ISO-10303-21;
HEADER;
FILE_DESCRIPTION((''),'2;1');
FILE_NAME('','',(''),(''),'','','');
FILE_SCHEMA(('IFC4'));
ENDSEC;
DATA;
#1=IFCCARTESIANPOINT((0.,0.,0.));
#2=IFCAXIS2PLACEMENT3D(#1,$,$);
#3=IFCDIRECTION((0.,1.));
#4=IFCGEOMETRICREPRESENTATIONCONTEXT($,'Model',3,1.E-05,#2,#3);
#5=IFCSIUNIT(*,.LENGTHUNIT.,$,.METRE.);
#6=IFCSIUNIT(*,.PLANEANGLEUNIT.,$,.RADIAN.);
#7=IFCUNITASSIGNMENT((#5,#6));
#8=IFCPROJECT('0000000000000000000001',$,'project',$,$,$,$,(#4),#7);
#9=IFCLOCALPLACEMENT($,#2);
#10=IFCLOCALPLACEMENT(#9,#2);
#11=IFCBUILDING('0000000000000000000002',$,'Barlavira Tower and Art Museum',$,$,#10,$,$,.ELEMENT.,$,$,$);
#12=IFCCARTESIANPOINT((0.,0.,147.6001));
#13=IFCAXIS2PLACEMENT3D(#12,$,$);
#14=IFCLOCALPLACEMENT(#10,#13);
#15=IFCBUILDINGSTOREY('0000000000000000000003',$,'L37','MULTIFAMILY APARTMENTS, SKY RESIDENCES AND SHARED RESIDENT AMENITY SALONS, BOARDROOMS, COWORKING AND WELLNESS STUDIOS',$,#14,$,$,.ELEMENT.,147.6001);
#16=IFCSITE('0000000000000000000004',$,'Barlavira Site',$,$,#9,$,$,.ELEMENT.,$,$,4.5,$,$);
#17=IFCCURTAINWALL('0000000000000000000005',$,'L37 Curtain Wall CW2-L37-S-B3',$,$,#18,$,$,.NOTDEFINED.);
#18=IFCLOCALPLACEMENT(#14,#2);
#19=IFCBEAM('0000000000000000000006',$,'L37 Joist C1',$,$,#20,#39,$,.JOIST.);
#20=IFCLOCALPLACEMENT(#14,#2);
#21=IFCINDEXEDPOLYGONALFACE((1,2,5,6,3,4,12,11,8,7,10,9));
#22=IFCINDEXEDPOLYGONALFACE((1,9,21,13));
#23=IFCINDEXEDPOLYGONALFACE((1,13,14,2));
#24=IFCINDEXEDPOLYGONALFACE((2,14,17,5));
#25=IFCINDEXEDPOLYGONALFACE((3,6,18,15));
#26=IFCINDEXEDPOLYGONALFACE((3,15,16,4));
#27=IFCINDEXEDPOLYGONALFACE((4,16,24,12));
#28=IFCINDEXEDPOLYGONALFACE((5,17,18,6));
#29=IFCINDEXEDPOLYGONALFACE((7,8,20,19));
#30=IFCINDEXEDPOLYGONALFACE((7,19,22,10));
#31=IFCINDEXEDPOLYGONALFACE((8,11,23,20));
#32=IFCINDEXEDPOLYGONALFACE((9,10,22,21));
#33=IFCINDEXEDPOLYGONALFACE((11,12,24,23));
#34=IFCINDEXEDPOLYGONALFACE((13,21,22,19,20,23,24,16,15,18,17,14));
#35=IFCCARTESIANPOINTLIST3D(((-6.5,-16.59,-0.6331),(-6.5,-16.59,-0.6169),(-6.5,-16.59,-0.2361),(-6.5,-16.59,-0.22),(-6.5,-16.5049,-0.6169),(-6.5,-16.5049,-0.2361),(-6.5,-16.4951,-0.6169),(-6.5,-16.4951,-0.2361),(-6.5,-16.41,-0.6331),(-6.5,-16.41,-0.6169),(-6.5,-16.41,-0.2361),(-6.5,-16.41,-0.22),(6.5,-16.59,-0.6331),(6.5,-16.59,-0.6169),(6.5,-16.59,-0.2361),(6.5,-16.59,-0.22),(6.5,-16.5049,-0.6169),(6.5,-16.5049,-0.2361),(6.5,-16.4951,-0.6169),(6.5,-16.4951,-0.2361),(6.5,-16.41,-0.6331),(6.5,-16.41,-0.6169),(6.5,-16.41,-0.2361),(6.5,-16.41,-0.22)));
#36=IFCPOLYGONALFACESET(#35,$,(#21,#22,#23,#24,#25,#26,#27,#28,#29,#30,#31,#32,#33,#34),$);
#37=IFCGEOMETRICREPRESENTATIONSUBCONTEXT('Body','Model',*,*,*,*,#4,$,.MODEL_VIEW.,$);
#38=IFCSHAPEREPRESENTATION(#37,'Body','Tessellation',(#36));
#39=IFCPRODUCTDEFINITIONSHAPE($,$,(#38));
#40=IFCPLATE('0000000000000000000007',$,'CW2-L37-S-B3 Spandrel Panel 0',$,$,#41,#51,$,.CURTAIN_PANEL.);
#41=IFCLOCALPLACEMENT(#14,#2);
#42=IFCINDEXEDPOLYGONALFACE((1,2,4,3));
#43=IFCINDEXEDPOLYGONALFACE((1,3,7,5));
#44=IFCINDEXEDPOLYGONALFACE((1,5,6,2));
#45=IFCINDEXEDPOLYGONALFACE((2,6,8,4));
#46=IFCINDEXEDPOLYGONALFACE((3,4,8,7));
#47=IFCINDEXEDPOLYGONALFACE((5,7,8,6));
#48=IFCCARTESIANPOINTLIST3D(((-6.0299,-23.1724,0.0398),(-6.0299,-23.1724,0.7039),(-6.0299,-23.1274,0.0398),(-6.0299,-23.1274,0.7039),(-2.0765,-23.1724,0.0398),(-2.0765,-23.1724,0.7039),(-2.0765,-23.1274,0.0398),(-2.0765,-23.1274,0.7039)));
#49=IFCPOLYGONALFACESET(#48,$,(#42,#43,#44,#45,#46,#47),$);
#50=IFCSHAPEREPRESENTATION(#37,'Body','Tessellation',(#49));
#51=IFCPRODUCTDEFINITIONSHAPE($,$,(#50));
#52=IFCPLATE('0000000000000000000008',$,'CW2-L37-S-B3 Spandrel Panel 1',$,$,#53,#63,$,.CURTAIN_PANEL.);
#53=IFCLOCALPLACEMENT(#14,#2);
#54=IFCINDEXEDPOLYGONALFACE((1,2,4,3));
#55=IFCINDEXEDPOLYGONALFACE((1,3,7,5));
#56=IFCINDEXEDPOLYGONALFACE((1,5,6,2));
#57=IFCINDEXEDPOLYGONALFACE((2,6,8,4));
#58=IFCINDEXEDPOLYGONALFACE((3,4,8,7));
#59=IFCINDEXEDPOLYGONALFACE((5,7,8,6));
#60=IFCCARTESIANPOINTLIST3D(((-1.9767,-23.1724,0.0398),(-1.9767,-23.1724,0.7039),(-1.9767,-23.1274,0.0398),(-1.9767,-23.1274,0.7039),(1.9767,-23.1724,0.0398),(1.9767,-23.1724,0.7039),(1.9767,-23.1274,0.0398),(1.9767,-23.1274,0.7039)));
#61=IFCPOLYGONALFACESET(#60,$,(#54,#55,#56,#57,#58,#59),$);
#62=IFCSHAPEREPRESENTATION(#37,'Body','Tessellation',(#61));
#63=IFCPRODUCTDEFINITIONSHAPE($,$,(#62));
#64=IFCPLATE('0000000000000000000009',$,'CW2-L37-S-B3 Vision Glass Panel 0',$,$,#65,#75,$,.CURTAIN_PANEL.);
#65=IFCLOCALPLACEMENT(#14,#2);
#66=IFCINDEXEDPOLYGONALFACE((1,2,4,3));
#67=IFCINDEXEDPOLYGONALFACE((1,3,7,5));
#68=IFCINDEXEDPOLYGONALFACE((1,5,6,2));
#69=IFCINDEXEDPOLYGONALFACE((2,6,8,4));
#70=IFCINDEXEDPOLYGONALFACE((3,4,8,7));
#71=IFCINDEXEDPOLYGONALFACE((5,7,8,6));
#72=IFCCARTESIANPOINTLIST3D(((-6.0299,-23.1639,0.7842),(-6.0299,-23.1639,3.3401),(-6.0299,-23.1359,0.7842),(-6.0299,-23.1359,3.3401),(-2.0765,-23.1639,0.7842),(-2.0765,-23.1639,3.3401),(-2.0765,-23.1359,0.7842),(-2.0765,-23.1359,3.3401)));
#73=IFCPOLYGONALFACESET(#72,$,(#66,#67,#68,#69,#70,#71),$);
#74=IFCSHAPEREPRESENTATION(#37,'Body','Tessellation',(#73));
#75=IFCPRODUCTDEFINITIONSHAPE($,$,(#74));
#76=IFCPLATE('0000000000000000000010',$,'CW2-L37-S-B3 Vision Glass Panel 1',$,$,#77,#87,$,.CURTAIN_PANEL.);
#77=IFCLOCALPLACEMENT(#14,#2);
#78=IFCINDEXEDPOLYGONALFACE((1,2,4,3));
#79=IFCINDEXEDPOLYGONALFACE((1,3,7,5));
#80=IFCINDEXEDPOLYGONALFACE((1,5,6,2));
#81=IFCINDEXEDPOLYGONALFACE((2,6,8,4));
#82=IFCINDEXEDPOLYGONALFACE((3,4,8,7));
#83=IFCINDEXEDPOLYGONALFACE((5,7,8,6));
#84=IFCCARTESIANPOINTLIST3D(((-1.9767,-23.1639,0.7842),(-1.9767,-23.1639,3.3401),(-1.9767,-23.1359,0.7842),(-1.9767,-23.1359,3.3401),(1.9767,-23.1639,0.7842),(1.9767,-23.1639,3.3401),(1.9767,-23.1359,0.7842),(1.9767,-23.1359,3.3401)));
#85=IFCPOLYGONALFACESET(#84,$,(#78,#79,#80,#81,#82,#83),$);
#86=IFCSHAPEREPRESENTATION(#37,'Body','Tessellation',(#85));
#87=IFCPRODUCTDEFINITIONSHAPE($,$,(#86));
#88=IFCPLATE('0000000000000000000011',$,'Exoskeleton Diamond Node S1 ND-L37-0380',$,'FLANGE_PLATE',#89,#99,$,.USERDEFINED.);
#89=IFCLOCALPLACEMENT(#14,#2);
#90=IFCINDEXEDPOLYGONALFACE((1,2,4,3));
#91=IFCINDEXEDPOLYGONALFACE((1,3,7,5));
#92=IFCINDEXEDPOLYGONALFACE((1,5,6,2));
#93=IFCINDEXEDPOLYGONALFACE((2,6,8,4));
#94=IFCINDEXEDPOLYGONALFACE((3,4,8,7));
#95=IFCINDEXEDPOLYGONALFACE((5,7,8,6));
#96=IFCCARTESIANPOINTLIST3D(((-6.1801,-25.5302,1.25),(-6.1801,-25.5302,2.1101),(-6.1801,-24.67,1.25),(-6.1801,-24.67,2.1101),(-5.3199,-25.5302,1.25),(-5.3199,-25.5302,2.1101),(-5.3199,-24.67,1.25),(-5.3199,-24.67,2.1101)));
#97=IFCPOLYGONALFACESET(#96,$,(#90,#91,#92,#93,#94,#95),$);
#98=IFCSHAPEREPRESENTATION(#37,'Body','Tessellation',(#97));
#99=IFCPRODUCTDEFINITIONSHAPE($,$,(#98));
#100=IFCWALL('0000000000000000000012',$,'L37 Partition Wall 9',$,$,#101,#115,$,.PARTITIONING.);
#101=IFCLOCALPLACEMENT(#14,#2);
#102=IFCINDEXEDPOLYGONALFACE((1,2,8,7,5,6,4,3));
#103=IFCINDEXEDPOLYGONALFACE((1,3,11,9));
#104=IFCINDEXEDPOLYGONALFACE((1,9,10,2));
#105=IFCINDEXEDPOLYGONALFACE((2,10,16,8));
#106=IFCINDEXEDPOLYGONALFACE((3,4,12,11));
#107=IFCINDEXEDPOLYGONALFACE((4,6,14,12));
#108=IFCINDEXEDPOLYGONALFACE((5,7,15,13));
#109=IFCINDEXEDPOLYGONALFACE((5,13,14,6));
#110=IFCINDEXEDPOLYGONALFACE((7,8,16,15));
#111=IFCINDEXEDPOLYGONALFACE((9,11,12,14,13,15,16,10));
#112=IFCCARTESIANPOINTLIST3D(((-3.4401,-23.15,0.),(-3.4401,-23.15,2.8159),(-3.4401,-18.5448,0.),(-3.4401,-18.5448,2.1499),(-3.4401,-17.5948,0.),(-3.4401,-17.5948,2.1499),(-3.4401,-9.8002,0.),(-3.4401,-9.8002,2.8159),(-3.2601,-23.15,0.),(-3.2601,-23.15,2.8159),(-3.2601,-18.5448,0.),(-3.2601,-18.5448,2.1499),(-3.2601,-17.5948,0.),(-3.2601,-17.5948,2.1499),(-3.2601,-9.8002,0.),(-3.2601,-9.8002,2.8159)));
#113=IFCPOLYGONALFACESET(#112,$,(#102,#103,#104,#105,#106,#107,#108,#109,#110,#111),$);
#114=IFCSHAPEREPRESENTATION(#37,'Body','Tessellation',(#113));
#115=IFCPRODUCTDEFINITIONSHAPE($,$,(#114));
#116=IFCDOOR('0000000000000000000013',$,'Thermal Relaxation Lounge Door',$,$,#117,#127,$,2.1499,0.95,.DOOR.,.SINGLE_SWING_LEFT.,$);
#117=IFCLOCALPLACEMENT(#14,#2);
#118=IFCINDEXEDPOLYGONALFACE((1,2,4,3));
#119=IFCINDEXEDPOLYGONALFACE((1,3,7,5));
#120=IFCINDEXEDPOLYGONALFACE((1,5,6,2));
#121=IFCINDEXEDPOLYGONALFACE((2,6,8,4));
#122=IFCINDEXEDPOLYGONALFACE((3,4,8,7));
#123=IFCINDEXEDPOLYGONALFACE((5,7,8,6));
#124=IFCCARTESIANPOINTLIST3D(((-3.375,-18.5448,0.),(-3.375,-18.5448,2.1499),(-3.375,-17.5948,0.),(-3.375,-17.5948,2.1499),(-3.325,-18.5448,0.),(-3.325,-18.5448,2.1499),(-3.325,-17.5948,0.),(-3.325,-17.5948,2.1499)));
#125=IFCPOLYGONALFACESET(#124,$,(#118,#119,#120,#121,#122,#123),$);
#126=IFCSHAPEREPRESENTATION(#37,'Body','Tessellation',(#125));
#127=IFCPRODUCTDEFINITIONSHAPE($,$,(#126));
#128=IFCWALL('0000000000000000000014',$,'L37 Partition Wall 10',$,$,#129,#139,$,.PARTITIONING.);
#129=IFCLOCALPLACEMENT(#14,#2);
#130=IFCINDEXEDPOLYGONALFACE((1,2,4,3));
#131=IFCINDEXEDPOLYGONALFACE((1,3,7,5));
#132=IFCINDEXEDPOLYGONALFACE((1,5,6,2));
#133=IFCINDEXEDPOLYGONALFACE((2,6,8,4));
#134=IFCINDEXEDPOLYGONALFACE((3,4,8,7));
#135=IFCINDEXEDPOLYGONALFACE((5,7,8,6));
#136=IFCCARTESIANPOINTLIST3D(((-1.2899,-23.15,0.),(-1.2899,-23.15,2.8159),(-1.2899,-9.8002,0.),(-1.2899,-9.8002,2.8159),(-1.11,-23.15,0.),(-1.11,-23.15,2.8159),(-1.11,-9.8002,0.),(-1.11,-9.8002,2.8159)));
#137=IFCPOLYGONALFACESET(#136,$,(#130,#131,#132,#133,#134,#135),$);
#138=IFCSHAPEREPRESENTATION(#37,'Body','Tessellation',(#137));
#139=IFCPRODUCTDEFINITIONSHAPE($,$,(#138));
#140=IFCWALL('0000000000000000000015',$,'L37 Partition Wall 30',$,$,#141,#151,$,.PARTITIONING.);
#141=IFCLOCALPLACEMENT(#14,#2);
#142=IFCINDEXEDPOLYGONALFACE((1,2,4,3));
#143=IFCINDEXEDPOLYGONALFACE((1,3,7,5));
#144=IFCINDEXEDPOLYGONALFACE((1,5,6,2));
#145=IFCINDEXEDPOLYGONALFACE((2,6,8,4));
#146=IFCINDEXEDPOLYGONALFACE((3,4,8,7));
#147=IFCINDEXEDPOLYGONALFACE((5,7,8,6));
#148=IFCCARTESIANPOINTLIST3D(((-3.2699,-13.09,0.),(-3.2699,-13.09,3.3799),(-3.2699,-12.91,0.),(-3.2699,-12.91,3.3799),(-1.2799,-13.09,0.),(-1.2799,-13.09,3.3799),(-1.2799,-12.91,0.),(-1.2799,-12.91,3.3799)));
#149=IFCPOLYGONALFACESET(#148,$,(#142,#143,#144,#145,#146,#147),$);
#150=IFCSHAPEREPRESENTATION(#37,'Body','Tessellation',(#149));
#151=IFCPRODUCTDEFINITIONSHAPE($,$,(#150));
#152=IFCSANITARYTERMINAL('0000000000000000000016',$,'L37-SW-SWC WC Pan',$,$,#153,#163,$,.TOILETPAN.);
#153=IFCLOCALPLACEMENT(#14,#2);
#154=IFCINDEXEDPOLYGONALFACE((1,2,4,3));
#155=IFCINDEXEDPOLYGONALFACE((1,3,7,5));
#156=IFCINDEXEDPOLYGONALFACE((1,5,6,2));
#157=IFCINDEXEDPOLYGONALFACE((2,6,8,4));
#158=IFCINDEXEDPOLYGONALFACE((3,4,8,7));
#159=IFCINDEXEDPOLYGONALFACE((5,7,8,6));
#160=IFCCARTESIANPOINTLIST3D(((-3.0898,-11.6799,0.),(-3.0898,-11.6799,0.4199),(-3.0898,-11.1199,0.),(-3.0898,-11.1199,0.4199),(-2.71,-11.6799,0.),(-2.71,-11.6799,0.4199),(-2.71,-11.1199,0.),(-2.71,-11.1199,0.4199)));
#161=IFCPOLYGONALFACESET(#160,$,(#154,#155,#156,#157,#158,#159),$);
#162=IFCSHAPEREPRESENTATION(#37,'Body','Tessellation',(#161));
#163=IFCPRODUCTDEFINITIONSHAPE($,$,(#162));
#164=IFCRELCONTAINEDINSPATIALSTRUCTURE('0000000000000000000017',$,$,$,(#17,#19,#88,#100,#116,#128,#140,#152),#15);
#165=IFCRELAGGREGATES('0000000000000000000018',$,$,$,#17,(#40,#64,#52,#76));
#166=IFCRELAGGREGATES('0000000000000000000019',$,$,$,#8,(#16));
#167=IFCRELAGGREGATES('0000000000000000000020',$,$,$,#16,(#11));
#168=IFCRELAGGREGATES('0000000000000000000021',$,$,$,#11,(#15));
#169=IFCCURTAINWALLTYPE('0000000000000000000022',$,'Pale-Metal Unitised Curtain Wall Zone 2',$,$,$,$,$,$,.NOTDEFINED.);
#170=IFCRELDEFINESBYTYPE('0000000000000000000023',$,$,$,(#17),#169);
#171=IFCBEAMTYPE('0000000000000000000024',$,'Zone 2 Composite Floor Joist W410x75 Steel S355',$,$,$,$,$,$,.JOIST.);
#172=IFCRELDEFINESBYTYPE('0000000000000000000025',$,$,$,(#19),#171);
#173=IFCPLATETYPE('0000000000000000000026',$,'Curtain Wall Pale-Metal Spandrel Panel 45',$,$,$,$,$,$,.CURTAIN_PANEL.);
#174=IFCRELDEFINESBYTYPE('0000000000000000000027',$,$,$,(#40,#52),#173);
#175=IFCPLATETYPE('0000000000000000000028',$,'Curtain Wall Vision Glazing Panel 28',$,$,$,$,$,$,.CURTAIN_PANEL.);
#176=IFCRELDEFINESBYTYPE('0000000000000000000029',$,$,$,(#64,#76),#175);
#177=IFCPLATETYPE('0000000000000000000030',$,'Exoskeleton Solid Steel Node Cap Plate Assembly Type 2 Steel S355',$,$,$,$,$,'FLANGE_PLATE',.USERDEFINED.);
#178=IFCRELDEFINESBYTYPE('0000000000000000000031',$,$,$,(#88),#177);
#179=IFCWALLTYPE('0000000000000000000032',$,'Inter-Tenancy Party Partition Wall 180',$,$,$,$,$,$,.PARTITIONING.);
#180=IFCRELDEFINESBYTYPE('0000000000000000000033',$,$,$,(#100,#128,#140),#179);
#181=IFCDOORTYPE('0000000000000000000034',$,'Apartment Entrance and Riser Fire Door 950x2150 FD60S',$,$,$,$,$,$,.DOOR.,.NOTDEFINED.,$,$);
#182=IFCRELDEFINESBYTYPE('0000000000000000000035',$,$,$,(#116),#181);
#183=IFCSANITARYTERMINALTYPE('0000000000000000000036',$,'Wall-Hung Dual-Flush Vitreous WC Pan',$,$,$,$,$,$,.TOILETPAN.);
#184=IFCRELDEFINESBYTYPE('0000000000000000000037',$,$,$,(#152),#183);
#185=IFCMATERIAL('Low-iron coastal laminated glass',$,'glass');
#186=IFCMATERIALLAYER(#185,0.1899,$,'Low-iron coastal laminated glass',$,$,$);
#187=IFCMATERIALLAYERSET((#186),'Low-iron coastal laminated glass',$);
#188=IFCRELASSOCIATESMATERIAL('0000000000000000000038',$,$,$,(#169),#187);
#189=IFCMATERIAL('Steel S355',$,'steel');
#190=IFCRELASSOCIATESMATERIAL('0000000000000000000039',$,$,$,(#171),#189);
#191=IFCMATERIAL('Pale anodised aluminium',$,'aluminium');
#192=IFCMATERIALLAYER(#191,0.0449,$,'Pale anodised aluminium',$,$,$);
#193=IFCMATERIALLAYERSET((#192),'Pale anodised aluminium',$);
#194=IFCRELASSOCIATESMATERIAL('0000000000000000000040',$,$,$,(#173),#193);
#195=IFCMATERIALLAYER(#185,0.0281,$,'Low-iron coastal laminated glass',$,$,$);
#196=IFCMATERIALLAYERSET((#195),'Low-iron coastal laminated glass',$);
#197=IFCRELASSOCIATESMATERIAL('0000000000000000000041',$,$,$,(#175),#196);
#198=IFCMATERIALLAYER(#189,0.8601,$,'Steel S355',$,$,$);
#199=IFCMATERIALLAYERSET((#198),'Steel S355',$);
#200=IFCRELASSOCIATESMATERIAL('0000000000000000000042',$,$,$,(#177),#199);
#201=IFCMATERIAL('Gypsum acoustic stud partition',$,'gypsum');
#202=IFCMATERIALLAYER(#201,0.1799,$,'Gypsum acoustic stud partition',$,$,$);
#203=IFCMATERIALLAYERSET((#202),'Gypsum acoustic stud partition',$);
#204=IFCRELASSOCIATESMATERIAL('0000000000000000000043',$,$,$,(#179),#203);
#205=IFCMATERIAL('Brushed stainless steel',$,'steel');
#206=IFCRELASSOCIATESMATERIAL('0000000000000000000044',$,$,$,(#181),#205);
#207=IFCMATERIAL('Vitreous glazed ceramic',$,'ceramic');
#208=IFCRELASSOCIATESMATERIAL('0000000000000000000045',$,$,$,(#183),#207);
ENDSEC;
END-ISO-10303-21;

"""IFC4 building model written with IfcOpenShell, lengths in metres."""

from ifc_helpers import new_model, si_unit, direction, frame, frame_2d, origin, origin_2d, place, context, subcontext, project, spatial, rectangle, i_section, extrude, material, layer, layer_set, material_profile, profile_set, type_object, element, fill, aggregate, save


model = new_model("IFC4")

# Units and contexts
model_context = context("Model", 3, precision=1e-05, world=origin(), true_north=direction((0.0, 1.0)))
body_context = subcontext(model_context, "Body", "Model", "MODEL_VIEW")
ifc_project = project(units=[si_unit("LENGTHUNIT", "METRE"), si_unit("PLANEANGLEUNIT", "RADIAN")], contexts=[model_context])

# Site, building, storey
site_placement = place(None, origin())
site = spatial("IfcSite", under=ifc_project, at=site_placement, Name="Barlavira Site", CompositionType="ELEMENT", RefElevation=4.5)
building_placement = place(site_placement, origin())
building = spatial("IfcBuilding", under=site, at=building_placement, Name="Barlavira Tower and Art Museum", CompositionType="ELEMENT")
storey_placement = place(building_placement, frame((0.0, 0.0, 147.6001)))
storey = spatial("IfcBuildingStorey", under=building, at=storey_placement, Name="L37", Description="MULTIFAMILY APARTMENTS, SKY RESIDENCES AND SHARED RESIDENT AMENITY SALONS, BOARDROOMS, COWORKING AND WELLNESS STUDIOS", CompositionType="ELEMENT", Elevation=147.6001)

# Curtain wall
ifc_material_1 = material(Name="Low-iron coastal laminated glass", Category="glass")
ifc_layer_1 = layer(ifc_material_1, 0.1899, Name="Low-iron coastal laminated glass")
ifc_layer_set_1 = layer_set([ifc_layer_1], Name="Low-iron coastal laminated glass")
curtain_wall_type = type_object("IfcCurtainWallType", Name="Pale-Metal Unitised Curtain Wall Zone 2", PredefinedType="NOTDEFINED", material=ifc_layer_set_1)
curtain_wall_placement = place(storey_placement, origin())
curtain_wall = element("IfcCurtainWall", 1, at=curtain_wall_placement, inside=storey, type_object=curtain_wall_type, Name="L37 Curtain Wall CW2-L37-S-B3", PredefinedType="NOTDEFINED")
ifc_material_2 = material(Name="Pale anodised aluminium", Category="aluminium")

# Beam
ifc_material_3 = material(Name="Steel S355", Category="steel")
ifc_material_profile_1 = material_profile(ifc_material_3, i_section(OverallWidth=0.1799, OverallDepth=0.4131, WebThickness=0.0098, FlangeThickness=0.0161, at=origin_2d()), Name="W410x75.0")
ifc_profile_set_1 = profile_set([ifc_material_profile_1], Name="Steel S355")
beam_type_1 = type_object("IfcBeamType", Name="Zone 2 Composite Floor Joist W410x75 Steel S355", PredefinedType="JOIST", material=ifc_profile_set_1)
beam_1_placement = place(storey_placement, frame((-6.5, -16.5, -0.4265), z_axis=(1.0, 0.0, 0.0), x_axis=(0.0, 1.0, 0.0)))
element("IfcBeam", 2, at=beam_1_placement, inside=storey, type_object=beam_type_1, Name="L37 Joist C1", PredefinedType="JOIST", context=body_context, shape_type="SweptSolid", body=[
    extrude(i_section(OverallWidth=0.1799, OverallDepth=0.4131, WebThickness=0.0098, FlangeThickness=0.0161, at=origin_2d()), origin(), (0.0, 0.0, 1.0), 13.0),
])

# Plates
ifc_layer_2 = layer(ifc_material_2, 0.0449, Name="Pale anodised aluminium")
ifc_layer_set_2 = layer_set([ifc_layer_2], Name="Pale anodised aluminium")
plate_type_1 = type_object("IfcPlateType", Name="Curtain Wall Pale-Metal Spandrel Panel 45", PredefinedType="CURTAIN_PANEL", material=ifc_layer_set_2)
plate_1_placement = place(storey_placement, frame((-4.0532, -23.1499, 0.0398), z_axis=(0.0, 0.0, 1.0), x_axis=(1.0, 0.0, 0.0)))
plate_1 = element("IfcPlate", 3, at=plate_1_placement, type_object=plate_type_1, Name="CW2-L37-S-B3 Spandrel Panel 0", PredefinedType="CURTAIN_PANEL", context=body_context, shape_type="SweptSolid", body=[
    extrude(rectangle(XDim=3.9534, YDim=0.0449, at=origin_2d()), origin(), (0.0, 0.0, 1.0), 0.6641),
])
plate_2_placement = place(storey_placement, frame((0.0, -23.1499, 0.0398), z_axis=(0.0, 0.0, 1.0), x_axis=(1.0, 0.0, 0.0)))
plate_2 = element("IfcPlate", 4, at=plate_2_placement, type_object=plate_type_1, Name="CW2-L37-S-B3 Spandrel Panel 1", PredefinedType="CURTAIN_PANEL", context=body_context, shape_type="SweptSolid", body=[
    extrude(rectangle(XDim=3.9534, YDim=0.0449, at=origin_2d()), origin(), (0.0, 0.0, 1.0), 0.6641),
])
ifc_layer_3 = layer(ifc_material_1, 0.0281, Name="Low-iron coastal laminated glass")
ifc_layer_set_3 = layer_set([ifc_layer_3], Name="Low-iron coastal laminated glass")
plate_type_2 = type_object("IfcPlateType", Name="Curtain Wall Vision Glazing Panel 28", PredefinedType="CURTAIN_PANEL", material=ifc_layer_set_3)
plate_3_placement = place(storey_placement, frame((-4.0532, -23.1499, 0.7842), z_axis=(0.0, 0.0, 1.0), x_axis=(1.0, 0.0, 0.0)))
plate_3 = element("IfcPlate", 5, at=plate_3_placement, type_object=plate_type_2, Name="CW2-L37-S-B3 Vision Glass Panel 0", PredefinedType="CURTAIN_PANEL", context=body_context, shape_type="SweptSolid", body=[
    extrude(rectangle(XDim=3.9534, YDim=0.0281, at=origin_2d()), origin(), (0.0, 0.0, 1.0), 2.5559),
])
plate_4_placement = place(storey_placement, frame((0.0, -23.1499, 0.7842), z_axis=(0.0, 0.0, 1.0), x_axis=(1.0, 0.0, 0.0)))
plate_4 = element("IfcPlate", 6, at=plate_4_placement, type_object=plate_type_2, Name="CW2-L37-S-B3 Vision Glass Panel 1", PredefinedType="CURTAIN_PANEL", context=body_context, shape_type="SweptSolid", body=[
    extrude(rectangle(XDim=3.9534, YDim=0.0281, at=origin_2d()), origin(), (0.0, 0.0, 1.0), 2.5559),
])
aggregate(curtain_wall, [plate_1, plate_3, plate_2, plate_4])
ifc_layer_4 = layer(ifc_material_3, 0.8601, Name="Steel S355")
ifc_layer_set_4 = layer_set([ifc_layer_4], Name="Steel S355")
plate_type_3 = type_object("IfcPlateType", Name="Exoskeleton Solid Steel Node Cap Plate Assembly Type 2 Steel S355", ElementType="FLANGE_PLATE", PredefinedType="USERDEFINED", material=ifc_layer_set_4)
plate_5_placement = place(storey_placement, frame((-5.75, -25.1001, 1.25), z_axis=(0.0, 0.0, 1.0), x_axis=(1.0, 0.0, 0.0)))
element("IfcPlate", 7, at=plate_5_placement, inside=storey, type_object=plate_type_3, Name="Exoskeleton Diamond Node S1 ND-L37-0380", ObjectType="FLANGE_PLATE", PredefinedType="USERDEFINED", context=body_context, shape_type="SweptSolid", body=[
    extrude(rectangle(XDim=0.8601, YDim=0.8601, at=origin_2d()), origin(), (0.0, 0.0, 1.0), 0.8601),
])

# Wall, opening, door
ifc_material_4 = material(Name="Gypsum acoustic stud partition", Category="gypsum")
ifc_layer_5 = layer(ifc_material_4, 0.1799, Name="Gypsum acoustic stud partition")
ifc_layer_set_5 = layer_set([ifc_layer_5], Name="Gypsum acoustic stud partition")
wall_type = type_object("IfcWallType", Name="Inter-Tenancy Party Partition Wall 180", PredefinedType="PARTITIONING", material=ifc_layer_set_5)
wall_1_placement = place(storey_placement, frame((-3.3501, -23.1499, 0.0), z_axis=(0.0, 0.0, 1.0), x_axis=(0.0, 1.0, 0.0)))
wall_1 = element("IfcWall", 8, at=wall_1_placement, inside=storey, type_object=wall_type, Name="L37 Partition Wall 9", PredefinedType="PARTITIONING", context=body_context, shape_type="SweptSolid", body=[
    extrude(rectangle(XDim=13.3499, YDim=0.1799, at=frame_2d((6.6748, 0.0))), origin(), (0.0, 0.0, 1.0), 2.8159),
])
opening_1_placement = place(wall_1_placement, frame((4.605, 0.0, 0.0)))
opening_1 = element("IfcOpeningElement", 9, at=opening_1_placement, cuts=wall_1, PredefinedType="OPENING", context=body_context, shape_type="SweptSolid", body=[
    extrude(rectangle(XDim=0.95, YDim=2.1499, at=frame_2d((0.4751, 1.075))), frame((0.0, 0.1001, 0.0), z_axis=(0.0, -1.0, 0.0), x_axis=(1.0, 0.0, 0.0)), (0.0, 0.0, 1.0), 0.2),
])
ifc_material_5 = material(Name="Brushed stainless steel", Category="steel")
door_type = type_object("IfcDoorType", Name="Apartment Entrance and Riser Fire Door 950x2150 FD60S", OperationType="NOTDEFINED", PredefinedType="DOOR", material=ifc_material_5)
door_1_placement = place(opening_1_placement, origin())
door_1 = element("IfcDoor", 10, at=door_1_placement, inside=storey, type_object=door_type, Name="Thermal Relaxation Lounge Door", OperationType="SINGLE_SWING_LEFT", OverallHeight=2.1499, OverallWidth=0.95, PredefinedType="DOOR", context=body_context, shape_type="SweptSolid", body=[
    extrude(rectangle(XDim=0.95, YDim=2.1499, at=frame_2d((0.4751, 1.075))), frame((0.0, 0.0249, 0.0), z_axis=(0.0, -1.0, 0.0), x_axis=(1.0, 0.0, 0.0)), (0.0, 0.0, 1.0), 0.05),
])
fill(opening_1, door_1)

# Wall
wall_2_placement = place(storey_placement, frame((-1.2, -23.1499, 0.0), z_axis=(0.0, 0.0, 1.0), x_axis=(0.0, 1.0, 0.0)))
element("IfcWall", 11, at=wall_2_placement, inside=storey, type_object=wall_type, Name="L37 Partition Wall 10", PredefinedType="PARTITIONING", context=body_context, shape_type="SweptSolid", body=[
    extrude(rectangle(XDim=13.3499, YDim=0.1799, at=frame_2d((6.6748, 0.0))), origin(), (0.0, 0.0, 1.0), 2.8159),
])

# Wall
wall_3_placement = place(storey_placement, frame((-3.27, -13.0, 0.0), z_axis=(0.0, 0.0, 1.0), x_axis=(1.0, 0.0, 0.0)))
element("IfcWall", 12, at=wall_3_placement, inside=storey, type_object=wall_type, Name="L37 Partition Wall 30", PredefinedType="PARTITIONING", context=body_context, shape_type="SweptSolid", body=[
    extrude(rectangle(XDim=1.99, YDim=0.1799, at=frame_2d((0.9951, 0.0))), origin(), (0.0, 0.0, 1.0), 3.3799),
])

# Sanitary terminal
ifc_material_6 = material(Name="Vitreous glazed ceramic", Category="ceramic")
sanitary_terminal_type = type_object("IfcSanitaryTerminalType", Name="Wall-Hung Dual-Flush Vitreous WC Pan", PredefinedType="TOILETPAN", material=ifc_material_6)
sanitary_terminal_placement = place(storey_placement, frame((-2.8999, -11.3999, 0.0), z_axis=(0.0, 0.0, 1.0), x_axis=(1.0, 0.0, 0.0)))
element("IfcSanitaryTerminal", 13, at=sanitary_terminal_placement, inside=storey, type_object=sanitary_terminal_type, Name="L37-SW-SWC WC Pan", PredefinedType="TOILETPAN", context=body_context, shape_type="SweptSolid", body=[
    extrude(rectangle(XDim=0.3799, YDim=0.5601, at=origin_2d()), origin(), (0.0, 0.0, 1.0), 0.4199),
])

save(model, "model.ifc")
